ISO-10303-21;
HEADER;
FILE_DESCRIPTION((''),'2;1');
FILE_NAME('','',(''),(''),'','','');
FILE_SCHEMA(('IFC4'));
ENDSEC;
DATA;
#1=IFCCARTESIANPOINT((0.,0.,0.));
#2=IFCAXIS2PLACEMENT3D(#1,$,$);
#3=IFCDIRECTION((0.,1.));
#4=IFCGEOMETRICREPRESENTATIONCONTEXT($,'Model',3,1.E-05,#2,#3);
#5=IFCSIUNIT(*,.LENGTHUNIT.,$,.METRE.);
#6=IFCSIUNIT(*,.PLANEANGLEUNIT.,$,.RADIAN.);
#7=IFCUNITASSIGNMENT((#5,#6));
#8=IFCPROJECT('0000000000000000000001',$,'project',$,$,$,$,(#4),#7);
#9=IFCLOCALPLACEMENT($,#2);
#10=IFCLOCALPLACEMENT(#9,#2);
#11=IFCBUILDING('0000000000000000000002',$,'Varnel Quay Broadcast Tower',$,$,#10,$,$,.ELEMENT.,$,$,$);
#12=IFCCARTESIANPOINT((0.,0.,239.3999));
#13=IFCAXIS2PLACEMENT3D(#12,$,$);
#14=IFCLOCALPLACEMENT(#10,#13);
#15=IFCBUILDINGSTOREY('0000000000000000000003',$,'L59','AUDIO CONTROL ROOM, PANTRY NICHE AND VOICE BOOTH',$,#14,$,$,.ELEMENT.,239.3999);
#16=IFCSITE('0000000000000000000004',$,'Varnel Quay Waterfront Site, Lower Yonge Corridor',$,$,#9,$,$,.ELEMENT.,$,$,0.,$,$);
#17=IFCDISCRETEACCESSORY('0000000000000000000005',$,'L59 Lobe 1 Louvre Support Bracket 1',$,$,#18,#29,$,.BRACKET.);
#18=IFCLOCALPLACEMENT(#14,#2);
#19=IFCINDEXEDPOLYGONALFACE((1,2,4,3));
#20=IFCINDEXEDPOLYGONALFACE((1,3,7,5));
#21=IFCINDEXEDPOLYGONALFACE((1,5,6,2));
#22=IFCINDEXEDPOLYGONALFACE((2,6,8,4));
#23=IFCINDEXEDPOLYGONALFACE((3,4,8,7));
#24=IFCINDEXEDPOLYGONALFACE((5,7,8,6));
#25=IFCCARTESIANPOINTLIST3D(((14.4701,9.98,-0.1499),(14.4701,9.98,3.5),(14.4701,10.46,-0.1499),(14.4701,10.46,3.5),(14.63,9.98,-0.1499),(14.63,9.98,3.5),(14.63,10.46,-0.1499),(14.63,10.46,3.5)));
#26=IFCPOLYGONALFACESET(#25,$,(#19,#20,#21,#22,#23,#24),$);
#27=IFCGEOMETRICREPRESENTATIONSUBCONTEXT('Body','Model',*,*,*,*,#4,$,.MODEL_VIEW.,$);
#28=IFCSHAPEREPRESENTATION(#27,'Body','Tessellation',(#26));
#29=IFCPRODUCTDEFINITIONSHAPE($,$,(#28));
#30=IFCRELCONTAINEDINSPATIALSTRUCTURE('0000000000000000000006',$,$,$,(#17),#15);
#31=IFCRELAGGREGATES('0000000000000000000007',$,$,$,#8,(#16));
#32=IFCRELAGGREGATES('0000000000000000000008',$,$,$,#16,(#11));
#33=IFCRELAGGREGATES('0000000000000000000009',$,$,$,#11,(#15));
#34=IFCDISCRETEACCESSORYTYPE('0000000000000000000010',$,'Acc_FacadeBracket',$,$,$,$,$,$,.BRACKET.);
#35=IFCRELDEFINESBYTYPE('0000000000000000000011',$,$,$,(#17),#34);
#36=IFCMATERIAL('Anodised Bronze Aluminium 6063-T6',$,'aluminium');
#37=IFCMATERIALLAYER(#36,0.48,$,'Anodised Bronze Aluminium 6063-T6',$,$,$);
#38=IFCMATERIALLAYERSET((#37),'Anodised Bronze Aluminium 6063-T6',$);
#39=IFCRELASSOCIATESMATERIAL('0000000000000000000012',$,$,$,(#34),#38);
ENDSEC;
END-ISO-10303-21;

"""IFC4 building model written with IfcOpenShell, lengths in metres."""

from ifc_helpers import new_model, si_unit, direction, frame, origin, origin_2d, place, context, subcontext, project, spatial, rectangle, extrude, source, transform, mapped, material, layer, layer_set, type_object, type_shapes, element, save


model = new_model("IFC4")

# Units and contexts
model_context = context("Model", 3, precision=1e-05, world=origin(), true_north=direction((0.0, 1.0)))
body_context = subcontext(model_context, "Body", "Model", "MODEL_VIEW")
ifc_project = project(units=[si_unit("LENGTHUNIT", "METRE"), si_unit("PLANEANGLEUNIT", "RADIAN")], contexts=[model_context])

# Site, building, storey
site_placement = place(None, origin())
site = spatial("IfcSite", under=ifc_project, at=site_placement, Name="Varnel Quay Waterfront Site, Lower Yonge Corridor", CompositionType="ELEMENT", RefElevation=0.0)
building_placement = place(site_placement, origin())
building = spatial("IfcBuilding", under=site, at=building_placement, Name="Varnel Quay Broadcast Tower", CompositionType="ELEMENT")
storey_placement = place(building_placement, frame((0.0, 0.0, 239.3999)))
storey = spatial("IfcBuildingStorey", under=building, at=storey_placement, Name="L59", Description="AUDIO CONTROL ROOM, PANTRY NICHE AND VOICE BOOTH", CompositionType="ELEMENT", Elevation=239.3999)

# Shared definitions
ifc_material_1 = material(Name="Anodised Bronze Aluminium 6063-T6", Category="aluminium")

# Discrete accessory
ifc_layer_1 = layer(ifc_material_1, 0.48, Name="Anodised Bronze Aluminium 6063-T6")
ifc_layer_set_1 = layer_set([ifc_layer_1], Name="Anodised Bronze Aluminium 6063-T6")
discrete_accessory_type = type_object("IfcDiscreteAccessoryType", Name="Acc_FacadeBracket", PredefinedType="BRACKET", material=ifc_layer_set_1)
shared_shape_1 = source(origin(), body_context, "Body", "SweptSolid", [
    extrude(rectangle(XDim=0.1599, YDim=0.48, at=origin_2d()), origin(), (0.0, 0.0, 1.0), 3.6499),
])
type_shapes(discrete_accessory_type, [shared_shape_1])
discrete_accessory_placement = place(storey_placement, frame((14.55, 10.22, -0.1499), z_axis=(0.0, 0.0, 1.0), x_axis=(1.0, 0.0, 0.0)))
element("IfcDiscreteAccessory", 1, at=discrete_accessory_placement, inside=storey, type_object=discrete_accessory_type, Name="L59 Lobe 1 Louvre Support Bracket 1", PredefinedType="BRACKET", context=body_context, shape_type="MappedRepresentation", body=[
    mapped(shared_shape_1, transform((0.0, 0.0, 0.0), x_axis=(1.0, 0.0, 0.0), y_axis=(0.0, 1.0, 0.0), z_axis=(0.0, 0.0, 1.0), scale=1.0)),
])

save(model, "model.ifc")
